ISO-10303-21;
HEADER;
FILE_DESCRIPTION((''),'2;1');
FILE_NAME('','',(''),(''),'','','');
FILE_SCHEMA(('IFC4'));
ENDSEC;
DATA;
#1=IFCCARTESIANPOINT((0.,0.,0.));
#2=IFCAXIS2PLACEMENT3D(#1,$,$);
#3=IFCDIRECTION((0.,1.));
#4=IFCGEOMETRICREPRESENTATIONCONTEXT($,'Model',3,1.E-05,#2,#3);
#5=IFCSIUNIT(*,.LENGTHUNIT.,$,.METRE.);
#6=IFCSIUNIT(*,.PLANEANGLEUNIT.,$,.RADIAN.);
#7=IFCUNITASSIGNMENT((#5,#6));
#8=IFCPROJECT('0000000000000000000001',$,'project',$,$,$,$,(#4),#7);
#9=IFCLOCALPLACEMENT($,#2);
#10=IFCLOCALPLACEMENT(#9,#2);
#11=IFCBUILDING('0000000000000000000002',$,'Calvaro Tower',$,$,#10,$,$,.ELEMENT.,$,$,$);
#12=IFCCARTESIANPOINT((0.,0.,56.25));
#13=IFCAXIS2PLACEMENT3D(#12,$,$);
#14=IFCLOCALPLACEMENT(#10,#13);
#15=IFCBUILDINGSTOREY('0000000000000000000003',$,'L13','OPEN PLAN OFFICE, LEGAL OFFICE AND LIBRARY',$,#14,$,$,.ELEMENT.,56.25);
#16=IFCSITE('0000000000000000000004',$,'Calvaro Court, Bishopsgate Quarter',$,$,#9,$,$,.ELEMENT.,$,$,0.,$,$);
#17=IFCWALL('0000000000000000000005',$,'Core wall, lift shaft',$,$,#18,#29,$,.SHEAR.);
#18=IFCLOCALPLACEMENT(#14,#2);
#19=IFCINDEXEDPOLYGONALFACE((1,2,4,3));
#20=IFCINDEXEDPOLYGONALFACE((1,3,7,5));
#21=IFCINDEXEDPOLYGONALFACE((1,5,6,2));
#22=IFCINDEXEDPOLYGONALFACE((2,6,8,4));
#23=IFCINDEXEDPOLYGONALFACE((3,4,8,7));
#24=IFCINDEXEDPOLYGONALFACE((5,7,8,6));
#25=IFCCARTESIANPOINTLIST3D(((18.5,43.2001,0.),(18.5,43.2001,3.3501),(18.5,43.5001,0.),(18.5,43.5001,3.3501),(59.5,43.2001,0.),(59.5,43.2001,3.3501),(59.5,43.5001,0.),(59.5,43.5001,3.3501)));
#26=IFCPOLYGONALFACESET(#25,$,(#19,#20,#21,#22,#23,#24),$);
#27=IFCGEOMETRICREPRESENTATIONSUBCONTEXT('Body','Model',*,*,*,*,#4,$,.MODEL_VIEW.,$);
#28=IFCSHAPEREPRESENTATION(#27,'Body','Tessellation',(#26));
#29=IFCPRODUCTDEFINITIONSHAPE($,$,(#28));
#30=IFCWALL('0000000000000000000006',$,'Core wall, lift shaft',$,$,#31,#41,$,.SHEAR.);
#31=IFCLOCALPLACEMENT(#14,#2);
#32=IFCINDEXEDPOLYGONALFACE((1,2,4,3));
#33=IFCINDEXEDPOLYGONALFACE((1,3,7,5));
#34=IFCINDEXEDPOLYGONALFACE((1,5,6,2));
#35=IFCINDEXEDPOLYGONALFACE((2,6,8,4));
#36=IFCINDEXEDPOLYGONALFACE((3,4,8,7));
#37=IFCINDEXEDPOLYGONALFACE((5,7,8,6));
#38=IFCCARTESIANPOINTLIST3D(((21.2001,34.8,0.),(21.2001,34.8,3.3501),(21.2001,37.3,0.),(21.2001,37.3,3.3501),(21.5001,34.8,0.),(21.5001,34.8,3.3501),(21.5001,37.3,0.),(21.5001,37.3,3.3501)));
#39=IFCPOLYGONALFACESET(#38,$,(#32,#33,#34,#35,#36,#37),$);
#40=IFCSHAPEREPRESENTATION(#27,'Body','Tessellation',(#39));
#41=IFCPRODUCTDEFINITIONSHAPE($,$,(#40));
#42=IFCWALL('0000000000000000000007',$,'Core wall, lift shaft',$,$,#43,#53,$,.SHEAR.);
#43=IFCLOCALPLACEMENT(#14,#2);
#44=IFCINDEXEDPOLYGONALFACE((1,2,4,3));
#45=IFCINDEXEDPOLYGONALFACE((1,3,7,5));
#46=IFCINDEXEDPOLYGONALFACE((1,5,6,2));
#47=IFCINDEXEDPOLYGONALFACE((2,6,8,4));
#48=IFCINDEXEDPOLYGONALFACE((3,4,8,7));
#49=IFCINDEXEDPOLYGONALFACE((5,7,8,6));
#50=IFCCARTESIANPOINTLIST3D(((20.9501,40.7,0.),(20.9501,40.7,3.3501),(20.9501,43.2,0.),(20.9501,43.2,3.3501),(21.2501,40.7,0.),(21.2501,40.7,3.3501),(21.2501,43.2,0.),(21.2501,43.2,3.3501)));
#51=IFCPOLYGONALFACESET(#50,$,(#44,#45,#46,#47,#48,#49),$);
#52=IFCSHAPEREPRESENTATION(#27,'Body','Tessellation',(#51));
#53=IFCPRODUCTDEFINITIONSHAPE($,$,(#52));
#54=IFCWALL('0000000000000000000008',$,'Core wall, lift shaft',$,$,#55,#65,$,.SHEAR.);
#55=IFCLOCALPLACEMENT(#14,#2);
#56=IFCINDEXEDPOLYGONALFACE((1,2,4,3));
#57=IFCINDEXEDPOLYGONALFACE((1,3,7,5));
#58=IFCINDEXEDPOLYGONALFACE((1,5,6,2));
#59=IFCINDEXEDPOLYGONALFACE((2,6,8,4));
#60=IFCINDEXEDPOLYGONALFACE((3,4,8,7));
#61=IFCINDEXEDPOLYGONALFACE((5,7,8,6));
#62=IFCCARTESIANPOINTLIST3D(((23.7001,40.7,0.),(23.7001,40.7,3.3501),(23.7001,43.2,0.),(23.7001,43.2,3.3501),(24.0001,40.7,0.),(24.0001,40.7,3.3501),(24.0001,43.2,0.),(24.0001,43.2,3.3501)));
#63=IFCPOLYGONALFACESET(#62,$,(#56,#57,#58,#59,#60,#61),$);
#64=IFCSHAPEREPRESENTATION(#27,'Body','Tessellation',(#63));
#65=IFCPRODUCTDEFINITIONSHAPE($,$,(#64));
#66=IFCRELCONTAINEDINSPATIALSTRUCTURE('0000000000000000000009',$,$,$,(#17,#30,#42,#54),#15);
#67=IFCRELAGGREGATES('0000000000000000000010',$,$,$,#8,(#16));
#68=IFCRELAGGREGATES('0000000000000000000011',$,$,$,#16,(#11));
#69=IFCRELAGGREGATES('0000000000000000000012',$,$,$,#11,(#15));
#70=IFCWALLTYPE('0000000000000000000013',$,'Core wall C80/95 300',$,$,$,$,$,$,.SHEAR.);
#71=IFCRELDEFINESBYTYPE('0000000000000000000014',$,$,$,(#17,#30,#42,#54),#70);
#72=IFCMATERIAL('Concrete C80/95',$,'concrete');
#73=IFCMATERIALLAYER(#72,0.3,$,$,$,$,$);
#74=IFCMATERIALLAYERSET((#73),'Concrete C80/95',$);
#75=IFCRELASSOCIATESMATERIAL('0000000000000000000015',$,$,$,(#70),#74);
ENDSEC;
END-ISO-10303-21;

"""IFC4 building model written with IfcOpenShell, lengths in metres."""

from ifc_helpers import new_model, si_unit, direction, frame, frame_2d, origin, place, context, subcontext, project, spatial, rectangle, extrude, material, layer, layer_set, type_object, element, save


model = new_model("IFC4")

# Units and contexts
model_context = context("Model", 3, precision=1e-05, world=origin(), true_north=direction((0.0, 1.0)))
body_context = subcontext(model_context, "Body", "Model", "MODEL_VIEW")
ifc_project = project(units=[si_unit("LENGTHUNIT", "METRE"), si_unit("PLANEANGLEUNIT", "RADIAN")], contexts=[model_context])

# Site, building, storey
site_placement = place(None, origin())
site = spatial("IfcSite", under=ifc_project, at=site_placement, Name="Calvaro Court, Bishopsgate Quarter", CompositionType="ELEMENT", RefElevation=0.0)
building_placement = place(site_placement, origin())
building = spatial("IfcBuilding", under=site, at=building_placement, Name="Calvaro Tower", CompositionType="ELEMENT")
storey_placement = place(building_placement, frame((0.0, 0.0, 56.25)))
storey = spatial("IfcBuildingStorey", under=building, at=storey_placement, Name="L13", Description="OPEN PLAN OFFICE, LEGAL OFFICE AND LIBRARY", CompositionType="ELEMENT", Elevation=56.25)

# Shared definitions
ifc_material_1 = material(Name="Concrete C80/95", Category="concrete")
ifc_layer_1 = layer(ifc_material_1, 0.3)
ifc_layer_set_1 = layer_set([ifc_layer_1], Name="Concrete C80/95")
wall_type_1 = type_object("IfcWallType", Name="Core wall C80/95 300", PredefinedType="SHEAR", material=ifc_layer_set_1)

# Walls
wall_1_placement = place(storey_placement, frame((18.5, 43.3501, 0.0), z_axis=(0.0, 0.0, 1.0), x_axis=(1.0, 0.0, 0.0)))
element("IfcWall", 1, at=wall_1_placement, inside=storey, type_object=wall_type_1, Name="Core wall, lift shaft", PredefinedType="SHEAR", context=body_context, shape_type="SweptSolid", body=[
    extrude(rectangle(XDim=41.0, YDim=0.3, at=frame_2d((20.5, 0.0))), origin(), (0.0, 0.0, 1.0), 3.3501),
])
for number, where, z_axis, x_axis, name in (
    (2, (21.3501, 34.8, 0.0), (0.0, 0.0, 1.0), (0.0, 1.0, 0.0), "Core wall, lift shaft"),
    (3, (21.1001, 40.7, 0.0), (0.0, 0.0, 1.0), (0.0, 1.0, 0.0), "Core wall, lift shaft"),
    (4, (23.8501, 40.7, 0.0), (0.0, 0.0, 1.0), (0.0, 1.0, 0.0), "Core wall, lift shaft"),
):
    element("IfcWall", number, at=place(storey_placement, frame(where, z_axis=z_axis, x_axis=x_axis)), inside=storey, type_object=wall_type_1, Name=name, PredefinedType="SHEAR", context=body_context, shape_type="SweptSolid", body=[
        extrude(rectangle(XDim=2.5, YDim=0.3, at=frame_2d((1.25, 0.0))), origin(), (0.0, 0.0, 1.0), 3.3501),
    ])

save(model, "model.ifc")
